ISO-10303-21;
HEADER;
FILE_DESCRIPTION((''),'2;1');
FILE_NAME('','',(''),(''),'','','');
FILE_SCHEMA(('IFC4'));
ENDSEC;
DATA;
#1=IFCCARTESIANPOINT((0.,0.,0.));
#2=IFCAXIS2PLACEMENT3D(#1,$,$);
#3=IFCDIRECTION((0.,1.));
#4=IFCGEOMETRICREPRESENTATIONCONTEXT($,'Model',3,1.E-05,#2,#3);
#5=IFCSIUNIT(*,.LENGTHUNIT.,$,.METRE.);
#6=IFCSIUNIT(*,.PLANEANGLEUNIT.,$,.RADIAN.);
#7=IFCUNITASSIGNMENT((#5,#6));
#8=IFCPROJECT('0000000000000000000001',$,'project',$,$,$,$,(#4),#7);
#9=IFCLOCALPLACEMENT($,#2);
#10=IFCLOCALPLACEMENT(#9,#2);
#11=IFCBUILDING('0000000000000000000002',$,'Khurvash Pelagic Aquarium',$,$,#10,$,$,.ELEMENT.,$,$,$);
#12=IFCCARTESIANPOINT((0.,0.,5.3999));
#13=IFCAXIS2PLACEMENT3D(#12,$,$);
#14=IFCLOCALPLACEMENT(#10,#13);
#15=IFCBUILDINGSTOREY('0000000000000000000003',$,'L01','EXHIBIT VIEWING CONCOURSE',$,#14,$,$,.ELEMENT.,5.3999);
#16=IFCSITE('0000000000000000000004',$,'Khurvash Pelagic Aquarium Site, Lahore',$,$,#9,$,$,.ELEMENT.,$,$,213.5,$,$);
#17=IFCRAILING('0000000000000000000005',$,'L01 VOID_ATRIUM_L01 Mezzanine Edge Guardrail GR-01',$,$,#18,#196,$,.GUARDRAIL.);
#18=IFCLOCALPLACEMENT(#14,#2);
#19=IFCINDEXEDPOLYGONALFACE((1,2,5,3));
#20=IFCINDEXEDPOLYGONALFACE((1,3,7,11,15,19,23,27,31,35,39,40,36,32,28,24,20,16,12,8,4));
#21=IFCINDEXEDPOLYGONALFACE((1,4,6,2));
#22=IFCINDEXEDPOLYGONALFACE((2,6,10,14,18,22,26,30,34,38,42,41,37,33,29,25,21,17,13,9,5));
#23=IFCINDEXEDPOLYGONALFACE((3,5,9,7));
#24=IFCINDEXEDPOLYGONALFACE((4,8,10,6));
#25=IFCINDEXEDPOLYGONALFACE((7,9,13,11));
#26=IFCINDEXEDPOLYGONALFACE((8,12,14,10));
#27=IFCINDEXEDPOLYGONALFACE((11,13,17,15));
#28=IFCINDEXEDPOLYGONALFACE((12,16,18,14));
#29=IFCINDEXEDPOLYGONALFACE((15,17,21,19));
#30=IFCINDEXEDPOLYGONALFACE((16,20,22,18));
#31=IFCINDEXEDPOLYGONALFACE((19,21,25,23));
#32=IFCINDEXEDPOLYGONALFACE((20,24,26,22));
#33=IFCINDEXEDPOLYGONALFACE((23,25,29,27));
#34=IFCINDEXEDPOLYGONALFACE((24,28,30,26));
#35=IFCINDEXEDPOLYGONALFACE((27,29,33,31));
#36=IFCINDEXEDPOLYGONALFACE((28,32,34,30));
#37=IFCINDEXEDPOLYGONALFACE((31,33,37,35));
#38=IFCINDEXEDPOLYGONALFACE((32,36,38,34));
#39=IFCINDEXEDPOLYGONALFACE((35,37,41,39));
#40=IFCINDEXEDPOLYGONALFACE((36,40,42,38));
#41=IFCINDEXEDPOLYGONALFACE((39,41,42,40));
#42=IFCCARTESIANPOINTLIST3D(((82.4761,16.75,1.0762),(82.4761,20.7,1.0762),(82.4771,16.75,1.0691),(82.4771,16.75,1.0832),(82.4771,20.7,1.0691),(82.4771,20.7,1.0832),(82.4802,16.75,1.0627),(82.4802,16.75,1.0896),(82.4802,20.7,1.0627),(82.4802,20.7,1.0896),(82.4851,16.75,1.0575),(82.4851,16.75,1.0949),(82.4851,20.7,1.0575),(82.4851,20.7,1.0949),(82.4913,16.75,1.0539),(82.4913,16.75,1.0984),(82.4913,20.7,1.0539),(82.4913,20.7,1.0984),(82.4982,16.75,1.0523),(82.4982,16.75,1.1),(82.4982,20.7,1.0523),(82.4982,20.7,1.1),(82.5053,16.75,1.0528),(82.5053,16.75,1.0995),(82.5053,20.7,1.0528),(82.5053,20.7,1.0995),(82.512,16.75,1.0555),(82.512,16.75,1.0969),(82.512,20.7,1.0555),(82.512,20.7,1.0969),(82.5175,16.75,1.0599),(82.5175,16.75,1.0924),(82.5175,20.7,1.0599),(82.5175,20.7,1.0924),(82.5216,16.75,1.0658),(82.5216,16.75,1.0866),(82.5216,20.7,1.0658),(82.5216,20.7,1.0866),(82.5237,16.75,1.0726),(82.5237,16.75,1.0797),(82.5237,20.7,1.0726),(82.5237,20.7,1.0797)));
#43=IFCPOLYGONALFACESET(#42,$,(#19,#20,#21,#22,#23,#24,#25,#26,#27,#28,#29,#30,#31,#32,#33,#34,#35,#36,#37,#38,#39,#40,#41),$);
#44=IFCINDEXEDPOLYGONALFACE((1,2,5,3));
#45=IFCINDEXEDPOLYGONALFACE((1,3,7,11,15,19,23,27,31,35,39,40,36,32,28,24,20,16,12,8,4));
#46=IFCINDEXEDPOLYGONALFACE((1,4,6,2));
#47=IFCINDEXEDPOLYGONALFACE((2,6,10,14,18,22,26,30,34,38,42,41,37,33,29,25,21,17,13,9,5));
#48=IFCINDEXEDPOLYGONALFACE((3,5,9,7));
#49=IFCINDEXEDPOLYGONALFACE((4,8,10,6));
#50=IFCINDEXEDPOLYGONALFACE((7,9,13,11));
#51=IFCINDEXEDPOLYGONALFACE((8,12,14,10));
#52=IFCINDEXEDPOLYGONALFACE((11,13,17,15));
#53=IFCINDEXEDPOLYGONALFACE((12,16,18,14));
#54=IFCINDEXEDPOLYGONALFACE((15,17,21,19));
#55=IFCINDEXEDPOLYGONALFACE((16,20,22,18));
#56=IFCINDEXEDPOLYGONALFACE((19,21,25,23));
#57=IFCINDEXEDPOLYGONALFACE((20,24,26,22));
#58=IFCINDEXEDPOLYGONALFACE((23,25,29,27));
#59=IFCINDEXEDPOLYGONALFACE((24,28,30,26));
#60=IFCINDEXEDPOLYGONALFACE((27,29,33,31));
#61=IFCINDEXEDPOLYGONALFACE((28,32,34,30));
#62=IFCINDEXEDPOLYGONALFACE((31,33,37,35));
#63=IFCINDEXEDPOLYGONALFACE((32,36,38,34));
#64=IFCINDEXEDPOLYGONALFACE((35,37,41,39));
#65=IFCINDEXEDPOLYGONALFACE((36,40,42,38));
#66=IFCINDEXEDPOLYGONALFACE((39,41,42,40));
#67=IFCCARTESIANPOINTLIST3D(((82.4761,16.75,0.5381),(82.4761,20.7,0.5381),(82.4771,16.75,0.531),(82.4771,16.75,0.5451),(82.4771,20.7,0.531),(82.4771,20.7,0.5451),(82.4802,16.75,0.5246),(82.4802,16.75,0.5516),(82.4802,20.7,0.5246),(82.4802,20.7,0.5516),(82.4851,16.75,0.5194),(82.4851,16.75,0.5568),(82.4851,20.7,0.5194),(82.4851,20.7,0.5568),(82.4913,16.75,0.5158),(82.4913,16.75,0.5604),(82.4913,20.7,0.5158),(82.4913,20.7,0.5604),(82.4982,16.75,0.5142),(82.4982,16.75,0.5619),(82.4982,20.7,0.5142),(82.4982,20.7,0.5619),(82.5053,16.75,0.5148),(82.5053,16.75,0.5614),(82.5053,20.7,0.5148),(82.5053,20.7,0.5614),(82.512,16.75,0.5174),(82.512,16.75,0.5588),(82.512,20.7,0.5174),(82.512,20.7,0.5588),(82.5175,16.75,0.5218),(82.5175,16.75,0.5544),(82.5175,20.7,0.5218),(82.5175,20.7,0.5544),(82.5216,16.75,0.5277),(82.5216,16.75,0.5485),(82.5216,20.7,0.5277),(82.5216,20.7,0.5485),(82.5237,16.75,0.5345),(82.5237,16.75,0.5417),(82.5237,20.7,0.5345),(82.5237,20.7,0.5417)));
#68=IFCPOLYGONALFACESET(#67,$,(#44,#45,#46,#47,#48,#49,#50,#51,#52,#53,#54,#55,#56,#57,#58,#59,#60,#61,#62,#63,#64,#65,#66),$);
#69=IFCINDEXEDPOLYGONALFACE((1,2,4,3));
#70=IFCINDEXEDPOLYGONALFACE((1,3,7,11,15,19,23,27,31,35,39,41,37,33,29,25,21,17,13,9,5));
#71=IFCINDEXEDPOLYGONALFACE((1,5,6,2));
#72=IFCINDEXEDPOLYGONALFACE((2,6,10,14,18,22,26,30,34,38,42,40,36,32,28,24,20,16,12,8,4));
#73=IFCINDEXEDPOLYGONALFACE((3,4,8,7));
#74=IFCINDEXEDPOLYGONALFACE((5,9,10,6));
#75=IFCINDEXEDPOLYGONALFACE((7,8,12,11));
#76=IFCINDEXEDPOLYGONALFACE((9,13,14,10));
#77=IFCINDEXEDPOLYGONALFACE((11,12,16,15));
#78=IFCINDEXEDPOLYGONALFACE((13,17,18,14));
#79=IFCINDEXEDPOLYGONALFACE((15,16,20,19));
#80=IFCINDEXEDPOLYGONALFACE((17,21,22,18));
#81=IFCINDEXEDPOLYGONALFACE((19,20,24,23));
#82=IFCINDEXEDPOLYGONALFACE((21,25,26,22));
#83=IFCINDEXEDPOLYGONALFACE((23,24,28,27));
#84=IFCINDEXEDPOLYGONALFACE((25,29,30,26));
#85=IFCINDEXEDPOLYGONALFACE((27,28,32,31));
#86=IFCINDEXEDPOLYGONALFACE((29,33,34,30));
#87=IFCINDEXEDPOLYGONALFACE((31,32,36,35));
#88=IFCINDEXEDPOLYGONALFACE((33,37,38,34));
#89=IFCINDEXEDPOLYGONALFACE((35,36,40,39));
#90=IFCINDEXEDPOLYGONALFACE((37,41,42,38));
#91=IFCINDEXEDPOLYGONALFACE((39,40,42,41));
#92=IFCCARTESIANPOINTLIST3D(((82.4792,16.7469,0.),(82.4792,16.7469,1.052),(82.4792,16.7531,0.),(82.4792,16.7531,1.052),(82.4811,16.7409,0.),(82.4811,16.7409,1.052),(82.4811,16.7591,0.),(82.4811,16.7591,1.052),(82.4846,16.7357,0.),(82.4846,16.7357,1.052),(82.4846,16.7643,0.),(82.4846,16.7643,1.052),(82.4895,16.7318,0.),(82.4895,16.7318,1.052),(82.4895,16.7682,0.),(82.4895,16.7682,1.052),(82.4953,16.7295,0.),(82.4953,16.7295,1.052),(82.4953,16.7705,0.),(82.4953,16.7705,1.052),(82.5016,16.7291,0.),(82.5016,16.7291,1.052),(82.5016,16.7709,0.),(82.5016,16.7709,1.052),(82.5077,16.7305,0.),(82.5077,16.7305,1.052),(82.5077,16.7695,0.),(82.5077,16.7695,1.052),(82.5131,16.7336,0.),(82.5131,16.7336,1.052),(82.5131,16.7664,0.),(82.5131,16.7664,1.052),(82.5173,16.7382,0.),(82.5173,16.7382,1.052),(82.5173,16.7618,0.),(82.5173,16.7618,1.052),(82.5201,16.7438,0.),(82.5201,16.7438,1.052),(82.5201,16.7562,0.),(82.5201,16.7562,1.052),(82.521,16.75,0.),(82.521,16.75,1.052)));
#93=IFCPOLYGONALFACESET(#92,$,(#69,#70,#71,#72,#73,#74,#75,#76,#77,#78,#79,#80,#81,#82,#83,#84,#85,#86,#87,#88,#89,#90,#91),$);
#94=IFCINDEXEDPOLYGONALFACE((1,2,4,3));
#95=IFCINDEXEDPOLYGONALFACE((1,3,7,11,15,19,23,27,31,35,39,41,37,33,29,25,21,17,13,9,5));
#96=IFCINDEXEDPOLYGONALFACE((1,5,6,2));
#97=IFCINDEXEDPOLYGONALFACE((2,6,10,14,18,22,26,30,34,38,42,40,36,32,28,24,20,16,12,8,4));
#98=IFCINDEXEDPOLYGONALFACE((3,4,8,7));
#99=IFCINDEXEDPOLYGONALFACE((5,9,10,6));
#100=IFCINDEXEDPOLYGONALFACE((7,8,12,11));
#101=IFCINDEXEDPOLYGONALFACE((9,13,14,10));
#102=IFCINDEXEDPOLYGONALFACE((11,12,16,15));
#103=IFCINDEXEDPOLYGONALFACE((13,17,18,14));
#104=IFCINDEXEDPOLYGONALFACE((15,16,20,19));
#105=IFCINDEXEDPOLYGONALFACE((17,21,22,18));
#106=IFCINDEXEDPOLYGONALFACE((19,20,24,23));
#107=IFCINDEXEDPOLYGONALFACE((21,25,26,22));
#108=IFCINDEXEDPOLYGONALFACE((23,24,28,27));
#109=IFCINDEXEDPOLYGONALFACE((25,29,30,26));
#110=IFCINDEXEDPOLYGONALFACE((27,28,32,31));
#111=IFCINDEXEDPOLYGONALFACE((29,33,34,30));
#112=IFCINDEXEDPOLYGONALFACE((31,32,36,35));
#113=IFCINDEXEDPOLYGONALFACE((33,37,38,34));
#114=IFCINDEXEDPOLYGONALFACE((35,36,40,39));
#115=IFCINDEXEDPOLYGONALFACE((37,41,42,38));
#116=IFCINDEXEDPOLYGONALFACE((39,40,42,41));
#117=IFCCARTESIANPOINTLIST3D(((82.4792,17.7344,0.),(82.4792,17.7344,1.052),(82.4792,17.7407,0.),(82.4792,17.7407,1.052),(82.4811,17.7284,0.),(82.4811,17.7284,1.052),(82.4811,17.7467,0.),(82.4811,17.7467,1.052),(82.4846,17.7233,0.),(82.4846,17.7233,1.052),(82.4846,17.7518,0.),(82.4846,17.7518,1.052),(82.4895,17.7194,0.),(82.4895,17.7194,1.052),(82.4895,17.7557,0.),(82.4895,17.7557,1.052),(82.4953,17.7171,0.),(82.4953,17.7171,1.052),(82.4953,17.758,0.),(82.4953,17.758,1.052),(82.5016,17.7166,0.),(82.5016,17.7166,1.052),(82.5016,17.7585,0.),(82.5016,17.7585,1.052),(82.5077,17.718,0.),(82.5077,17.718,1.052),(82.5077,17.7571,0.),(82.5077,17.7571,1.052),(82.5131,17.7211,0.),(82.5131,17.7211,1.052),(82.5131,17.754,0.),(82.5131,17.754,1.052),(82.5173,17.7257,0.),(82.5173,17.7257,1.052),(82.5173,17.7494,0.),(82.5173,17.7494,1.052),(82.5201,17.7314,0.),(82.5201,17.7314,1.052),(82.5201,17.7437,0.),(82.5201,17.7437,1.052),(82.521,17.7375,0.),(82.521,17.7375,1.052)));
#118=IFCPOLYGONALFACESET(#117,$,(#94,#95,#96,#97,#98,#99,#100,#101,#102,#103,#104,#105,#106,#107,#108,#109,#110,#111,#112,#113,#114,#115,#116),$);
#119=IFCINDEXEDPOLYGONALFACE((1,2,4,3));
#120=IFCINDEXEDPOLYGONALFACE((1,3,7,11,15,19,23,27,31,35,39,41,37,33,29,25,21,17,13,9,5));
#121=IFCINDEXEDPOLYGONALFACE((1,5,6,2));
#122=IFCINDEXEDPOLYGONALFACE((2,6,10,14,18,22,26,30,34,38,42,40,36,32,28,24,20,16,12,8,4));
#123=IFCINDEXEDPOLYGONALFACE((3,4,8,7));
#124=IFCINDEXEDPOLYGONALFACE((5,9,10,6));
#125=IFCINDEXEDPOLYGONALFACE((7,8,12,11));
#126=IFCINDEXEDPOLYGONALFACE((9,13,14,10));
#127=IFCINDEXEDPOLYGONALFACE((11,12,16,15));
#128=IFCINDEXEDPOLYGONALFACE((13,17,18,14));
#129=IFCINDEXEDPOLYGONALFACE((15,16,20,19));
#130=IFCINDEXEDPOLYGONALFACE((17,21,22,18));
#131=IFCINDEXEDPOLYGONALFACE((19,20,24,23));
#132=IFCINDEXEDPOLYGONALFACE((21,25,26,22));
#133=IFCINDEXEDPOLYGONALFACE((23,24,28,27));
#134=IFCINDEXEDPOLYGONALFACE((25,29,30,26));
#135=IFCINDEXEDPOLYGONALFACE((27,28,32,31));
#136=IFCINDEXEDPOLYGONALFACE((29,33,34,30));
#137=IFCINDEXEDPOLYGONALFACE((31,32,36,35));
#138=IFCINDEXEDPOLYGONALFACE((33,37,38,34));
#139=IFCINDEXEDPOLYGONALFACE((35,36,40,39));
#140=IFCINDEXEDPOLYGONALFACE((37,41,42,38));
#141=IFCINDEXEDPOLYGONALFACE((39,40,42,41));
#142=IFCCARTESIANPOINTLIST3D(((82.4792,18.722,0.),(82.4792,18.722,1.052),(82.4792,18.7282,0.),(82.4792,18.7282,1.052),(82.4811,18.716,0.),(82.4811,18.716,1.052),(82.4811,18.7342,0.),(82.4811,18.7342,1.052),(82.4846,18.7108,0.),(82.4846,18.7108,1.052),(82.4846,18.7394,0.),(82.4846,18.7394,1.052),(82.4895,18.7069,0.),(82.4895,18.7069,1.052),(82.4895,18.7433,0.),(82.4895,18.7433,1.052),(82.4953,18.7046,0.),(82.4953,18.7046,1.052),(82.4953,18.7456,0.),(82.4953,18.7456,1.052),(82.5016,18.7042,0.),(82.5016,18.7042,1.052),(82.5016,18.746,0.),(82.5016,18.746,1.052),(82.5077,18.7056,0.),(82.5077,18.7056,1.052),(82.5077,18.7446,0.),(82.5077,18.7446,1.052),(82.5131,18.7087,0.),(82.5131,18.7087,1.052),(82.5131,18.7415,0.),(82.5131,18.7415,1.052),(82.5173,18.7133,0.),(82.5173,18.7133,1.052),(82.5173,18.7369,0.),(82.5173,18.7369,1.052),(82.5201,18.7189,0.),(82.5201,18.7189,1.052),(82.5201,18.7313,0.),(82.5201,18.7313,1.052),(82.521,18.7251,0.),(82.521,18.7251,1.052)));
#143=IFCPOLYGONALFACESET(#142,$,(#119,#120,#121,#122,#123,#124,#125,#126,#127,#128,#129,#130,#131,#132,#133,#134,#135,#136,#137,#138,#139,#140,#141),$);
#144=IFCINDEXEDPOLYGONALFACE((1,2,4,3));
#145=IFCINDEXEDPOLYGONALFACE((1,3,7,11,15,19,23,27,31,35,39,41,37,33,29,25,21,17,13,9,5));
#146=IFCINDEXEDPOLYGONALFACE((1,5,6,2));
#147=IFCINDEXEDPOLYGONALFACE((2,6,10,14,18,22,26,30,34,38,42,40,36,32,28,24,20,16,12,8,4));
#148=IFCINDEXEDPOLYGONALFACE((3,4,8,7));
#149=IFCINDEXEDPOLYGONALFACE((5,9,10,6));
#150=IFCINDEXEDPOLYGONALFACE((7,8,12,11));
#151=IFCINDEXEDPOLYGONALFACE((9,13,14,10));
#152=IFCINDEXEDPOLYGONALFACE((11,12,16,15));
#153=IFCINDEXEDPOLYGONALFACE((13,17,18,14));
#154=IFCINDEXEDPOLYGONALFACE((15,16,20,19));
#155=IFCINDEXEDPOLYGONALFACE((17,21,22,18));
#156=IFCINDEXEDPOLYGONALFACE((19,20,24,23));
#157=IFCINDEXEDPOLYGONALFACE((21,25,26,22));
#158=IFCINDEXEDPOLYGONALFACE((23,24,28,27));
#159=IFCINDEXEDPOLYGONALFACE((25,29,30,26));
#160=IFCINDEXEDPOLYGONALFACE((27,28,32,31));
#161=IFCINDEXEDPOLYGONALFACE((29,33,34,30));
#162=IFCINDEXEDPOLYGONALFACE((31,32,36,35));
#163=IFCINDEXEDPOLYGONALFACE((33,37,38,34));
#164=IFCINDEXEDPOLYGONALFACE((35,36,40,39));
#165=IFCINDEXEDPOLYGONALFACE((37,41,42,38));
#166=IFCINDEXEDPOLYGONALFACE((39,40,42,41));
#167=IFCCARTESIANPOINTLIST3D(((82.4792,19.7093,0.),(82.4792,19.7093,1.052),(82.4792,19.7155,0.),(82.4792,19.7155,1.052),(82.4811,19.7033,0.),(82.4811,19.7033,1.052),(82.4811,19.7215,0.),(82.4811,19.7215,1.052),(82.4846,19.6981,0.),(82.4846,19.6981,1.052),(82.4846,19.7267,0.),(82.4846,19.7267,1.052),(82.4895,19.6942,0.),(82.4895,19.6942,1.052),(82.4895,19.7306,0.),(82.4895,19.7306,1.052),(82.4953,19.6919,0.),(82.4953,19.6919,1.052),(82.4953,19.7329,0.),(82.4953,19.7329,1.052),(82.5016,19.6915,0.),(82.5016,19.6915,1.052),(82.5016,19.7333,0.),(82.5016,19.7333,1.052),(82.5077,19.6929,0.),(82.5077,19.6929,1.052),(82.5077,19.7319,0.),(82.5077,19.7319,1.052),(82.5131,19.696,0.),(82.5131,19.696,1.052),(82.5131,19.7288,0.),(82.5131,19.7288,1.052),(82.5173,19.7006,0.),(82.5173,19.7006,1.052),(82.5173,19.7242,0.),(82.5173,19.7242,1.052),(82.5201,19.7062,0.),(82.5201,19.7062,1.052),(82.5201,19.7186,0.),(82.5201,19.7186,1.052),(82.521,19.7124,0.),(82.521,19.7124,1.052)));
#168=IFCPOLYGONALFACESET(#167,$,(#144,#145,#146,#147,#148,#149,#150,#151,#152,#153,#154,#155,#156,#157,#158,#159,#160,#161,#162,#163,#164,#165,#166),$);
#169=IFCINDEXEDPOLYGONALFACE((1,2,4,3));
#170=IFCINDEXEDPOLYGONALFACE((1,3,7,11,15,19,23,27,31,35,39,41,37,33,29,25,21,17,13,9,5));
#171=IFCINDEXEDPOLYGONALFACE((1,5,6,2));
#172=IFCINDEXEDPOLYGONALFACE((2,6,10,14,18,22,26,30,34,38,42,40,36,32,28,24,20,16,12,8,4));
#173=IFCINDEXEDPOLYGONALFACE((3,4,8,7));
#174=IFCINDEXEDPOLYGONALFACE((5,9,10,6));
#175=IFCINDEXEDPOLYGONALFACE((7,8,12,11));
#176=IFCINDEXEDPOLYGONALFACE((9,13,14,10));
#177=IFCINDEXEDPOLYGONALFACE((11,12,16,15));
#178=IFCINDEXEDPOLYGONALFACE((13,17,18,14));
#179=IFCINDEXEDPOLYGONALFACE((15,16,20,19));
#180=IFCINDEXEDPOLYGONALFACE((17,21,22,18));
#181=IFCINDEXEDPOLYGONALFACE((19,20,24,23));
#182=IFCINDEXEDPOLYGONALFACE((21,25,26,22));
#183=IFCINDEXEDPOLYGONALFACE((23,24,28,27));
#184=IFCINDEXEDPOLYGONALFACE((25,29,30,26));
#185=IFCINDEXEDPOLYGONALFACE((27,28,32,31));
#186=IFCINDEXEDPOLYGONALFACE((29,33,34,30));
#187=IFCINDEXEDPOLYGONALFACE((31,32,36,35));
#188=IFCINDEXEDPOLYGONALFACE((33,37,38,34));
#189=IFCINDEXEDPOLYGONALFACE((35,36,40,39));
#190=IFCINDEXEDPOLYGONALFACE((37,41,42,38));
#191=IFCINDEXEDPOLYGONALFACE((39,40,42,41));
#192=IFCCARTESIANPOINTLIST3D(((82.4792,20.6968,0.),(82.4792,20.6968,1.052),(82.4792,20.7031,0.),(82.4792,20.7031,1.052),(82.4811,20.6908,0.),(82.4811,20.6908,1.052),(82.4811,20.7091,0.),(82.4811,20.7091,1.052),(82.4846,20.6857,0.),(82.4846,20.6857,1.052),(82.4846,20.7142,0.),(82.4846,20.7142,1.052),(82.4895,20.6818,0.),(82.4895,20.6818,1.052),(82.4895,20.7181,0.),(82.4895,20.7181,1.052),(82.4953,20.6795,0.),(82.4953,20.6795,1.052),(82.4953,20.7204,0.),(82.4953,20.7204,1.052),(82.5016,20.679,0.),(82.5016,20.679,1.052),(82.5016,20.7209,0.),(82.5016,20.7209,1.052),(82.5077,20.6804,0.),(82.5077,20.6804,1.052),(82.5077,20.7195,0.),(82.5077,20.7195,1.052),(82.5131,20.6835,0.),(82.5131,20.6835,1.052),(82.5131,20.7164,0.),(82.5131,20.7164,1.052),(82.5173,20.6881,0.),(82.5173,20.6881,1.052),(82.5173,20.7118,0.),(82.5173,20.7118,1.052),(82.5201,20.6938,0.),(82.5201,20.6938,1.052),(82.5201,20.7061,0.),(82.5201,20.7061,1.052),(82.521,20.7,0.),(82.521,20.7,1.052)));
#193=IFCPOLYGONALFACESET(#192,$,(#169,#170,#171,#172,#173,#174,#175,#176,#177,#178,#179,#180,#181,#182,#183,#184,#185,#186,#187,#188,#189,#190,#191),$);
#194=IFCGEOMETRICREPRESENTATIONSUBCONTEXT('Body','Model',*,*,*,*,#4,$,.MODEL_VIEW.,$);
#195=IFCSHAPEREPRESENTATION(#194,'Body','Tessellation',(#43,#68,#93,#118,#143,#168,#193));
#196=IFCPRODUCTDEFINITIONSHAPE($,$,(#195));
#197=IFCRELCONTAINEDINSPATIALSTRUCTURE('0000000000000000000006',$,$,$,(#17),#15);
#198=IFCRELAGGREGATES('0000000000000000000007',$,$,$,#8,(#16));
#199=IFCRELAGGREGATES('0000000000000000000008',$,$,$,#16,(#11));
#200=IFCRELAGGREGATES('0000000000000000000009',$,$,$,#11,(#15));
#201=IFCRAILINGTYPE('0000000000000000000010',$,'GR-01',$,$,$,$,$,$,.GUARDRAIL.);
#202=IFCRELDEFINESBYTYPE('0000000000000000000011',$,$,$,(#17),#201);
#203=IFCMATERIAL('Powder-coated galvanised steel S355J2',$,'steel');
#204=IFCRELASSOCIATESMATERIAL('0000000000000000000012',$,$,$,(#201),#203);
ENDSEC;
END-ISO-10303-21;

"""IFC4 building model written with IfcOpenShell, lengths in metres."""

from ifc_helpers import new_model, si_unit, direction, frame, origin, origin_2d, place, context, subcontext, project, spatial, circle, extrude, material, type_object, element, save


model = new_model("IFC4")

# Units and contexts
model_context = context("Model", 3, precision=1e-05, world=origin(), true_north=direction((0.0, 1.0)))
body_context = subcontext(model_context, "Body", "Model", "MODEL_VIEW")
ifc_project = project(units=[si_unit("LENGTHUNIT", "METRE"), si_unit("PLANEANGLEUNIT", "RADIAN")], contexts=[model_context])

# Site, building, storey
site_placement = place(None, origin())
site = spatial("IfcSite", under=ifc_project, at=site_placement, Name="Khurvash Pelagic Aquarium Site, Lahore", CompositionType="ELEMENT", RefElevation=213.5)
building_placement = place(site_placement, origin())
building = spatial("IfcBuilding", under=site, at=building_placement, Name="Khurvash Pelagic Aquarium", CompositionType="ELEMENT")
storey_placement = place(building_placement, frame((0.0, 0.0, 5.3999)))
storey = spatial("IfcBuildingStorey", under=building, at=storey_placement, Name="L01", Description="EXHIBIT VIEWING CONCOURSE", CompositionType="ELEMENT", Elevation=5.3999)

# Railing
ifc_material_1 = material(Name="Powder-coated galvanised steel S355J2", Category="steel")
railing_type = type_object("IfcRailingType", Name="GR-01", PredefinedType="GUARDRAIL", material=ifc_material_1)
railing_1_placement = place(storey_placement, frame((82.5, 16.75, 0.0)))
element("IfcRailing", 1, at=railing_1_placement, inside=storey, type_object=railing_type, Name="L01 VOID_ATRIUM_L01 Mezzanine Edge Guardrail GR-01", PredefinedType="GUARDRAIL", context=body_context, shape_type="SweptSolid", body=[
    extrude(circle(Radius=0.0239, at=origin_2d()), frame((0.0, 0.0, 1.0762), z_axis=(0.0, 1.0, 0.0), x_axis=(-1.0, 0.0, 0.0)), (0.0, 0.0, 1.0), 3.95),
    extrude(circle(Radius=0.0239, at=origin_2d()), frame((0.0, 0.0, 0.5381), z_axis=(0.0, 1.0, 0.0), x_axis=(-1.0, 0.0, 0.0)), (0.0, 0.0, 1.0), 3.95),
    extrude(circle(Radius=0.021, at=origin_2d()), origin(), (0.0, 0.0, 1.0), 1.052),
    extrude(circle(Radius=0.021, at=origin_2d()), frame((0.0, 0.9875, 0.0)), (0.0, 0.0, 1.0), 1.052),
    extrude(circle(Radius=0.021, at=origin_2d()), frame((0.0, 1.9751, 0.0)), (0.0, 0.0, 1.0), 1.052),
    extrude(circle(Radius=0.021, at=origin_2d()), frame((0.0, 2.9624, 0.0)), (0.0, 0.0, 1.0), 1.052),
    extrude(circle(Radius=0.021, at=origin_2d()), frame((0.0, 3.95, 0.0)), (0.0, 0.0, 1.0), 1.052),
])

save(model, "model.ifc")
